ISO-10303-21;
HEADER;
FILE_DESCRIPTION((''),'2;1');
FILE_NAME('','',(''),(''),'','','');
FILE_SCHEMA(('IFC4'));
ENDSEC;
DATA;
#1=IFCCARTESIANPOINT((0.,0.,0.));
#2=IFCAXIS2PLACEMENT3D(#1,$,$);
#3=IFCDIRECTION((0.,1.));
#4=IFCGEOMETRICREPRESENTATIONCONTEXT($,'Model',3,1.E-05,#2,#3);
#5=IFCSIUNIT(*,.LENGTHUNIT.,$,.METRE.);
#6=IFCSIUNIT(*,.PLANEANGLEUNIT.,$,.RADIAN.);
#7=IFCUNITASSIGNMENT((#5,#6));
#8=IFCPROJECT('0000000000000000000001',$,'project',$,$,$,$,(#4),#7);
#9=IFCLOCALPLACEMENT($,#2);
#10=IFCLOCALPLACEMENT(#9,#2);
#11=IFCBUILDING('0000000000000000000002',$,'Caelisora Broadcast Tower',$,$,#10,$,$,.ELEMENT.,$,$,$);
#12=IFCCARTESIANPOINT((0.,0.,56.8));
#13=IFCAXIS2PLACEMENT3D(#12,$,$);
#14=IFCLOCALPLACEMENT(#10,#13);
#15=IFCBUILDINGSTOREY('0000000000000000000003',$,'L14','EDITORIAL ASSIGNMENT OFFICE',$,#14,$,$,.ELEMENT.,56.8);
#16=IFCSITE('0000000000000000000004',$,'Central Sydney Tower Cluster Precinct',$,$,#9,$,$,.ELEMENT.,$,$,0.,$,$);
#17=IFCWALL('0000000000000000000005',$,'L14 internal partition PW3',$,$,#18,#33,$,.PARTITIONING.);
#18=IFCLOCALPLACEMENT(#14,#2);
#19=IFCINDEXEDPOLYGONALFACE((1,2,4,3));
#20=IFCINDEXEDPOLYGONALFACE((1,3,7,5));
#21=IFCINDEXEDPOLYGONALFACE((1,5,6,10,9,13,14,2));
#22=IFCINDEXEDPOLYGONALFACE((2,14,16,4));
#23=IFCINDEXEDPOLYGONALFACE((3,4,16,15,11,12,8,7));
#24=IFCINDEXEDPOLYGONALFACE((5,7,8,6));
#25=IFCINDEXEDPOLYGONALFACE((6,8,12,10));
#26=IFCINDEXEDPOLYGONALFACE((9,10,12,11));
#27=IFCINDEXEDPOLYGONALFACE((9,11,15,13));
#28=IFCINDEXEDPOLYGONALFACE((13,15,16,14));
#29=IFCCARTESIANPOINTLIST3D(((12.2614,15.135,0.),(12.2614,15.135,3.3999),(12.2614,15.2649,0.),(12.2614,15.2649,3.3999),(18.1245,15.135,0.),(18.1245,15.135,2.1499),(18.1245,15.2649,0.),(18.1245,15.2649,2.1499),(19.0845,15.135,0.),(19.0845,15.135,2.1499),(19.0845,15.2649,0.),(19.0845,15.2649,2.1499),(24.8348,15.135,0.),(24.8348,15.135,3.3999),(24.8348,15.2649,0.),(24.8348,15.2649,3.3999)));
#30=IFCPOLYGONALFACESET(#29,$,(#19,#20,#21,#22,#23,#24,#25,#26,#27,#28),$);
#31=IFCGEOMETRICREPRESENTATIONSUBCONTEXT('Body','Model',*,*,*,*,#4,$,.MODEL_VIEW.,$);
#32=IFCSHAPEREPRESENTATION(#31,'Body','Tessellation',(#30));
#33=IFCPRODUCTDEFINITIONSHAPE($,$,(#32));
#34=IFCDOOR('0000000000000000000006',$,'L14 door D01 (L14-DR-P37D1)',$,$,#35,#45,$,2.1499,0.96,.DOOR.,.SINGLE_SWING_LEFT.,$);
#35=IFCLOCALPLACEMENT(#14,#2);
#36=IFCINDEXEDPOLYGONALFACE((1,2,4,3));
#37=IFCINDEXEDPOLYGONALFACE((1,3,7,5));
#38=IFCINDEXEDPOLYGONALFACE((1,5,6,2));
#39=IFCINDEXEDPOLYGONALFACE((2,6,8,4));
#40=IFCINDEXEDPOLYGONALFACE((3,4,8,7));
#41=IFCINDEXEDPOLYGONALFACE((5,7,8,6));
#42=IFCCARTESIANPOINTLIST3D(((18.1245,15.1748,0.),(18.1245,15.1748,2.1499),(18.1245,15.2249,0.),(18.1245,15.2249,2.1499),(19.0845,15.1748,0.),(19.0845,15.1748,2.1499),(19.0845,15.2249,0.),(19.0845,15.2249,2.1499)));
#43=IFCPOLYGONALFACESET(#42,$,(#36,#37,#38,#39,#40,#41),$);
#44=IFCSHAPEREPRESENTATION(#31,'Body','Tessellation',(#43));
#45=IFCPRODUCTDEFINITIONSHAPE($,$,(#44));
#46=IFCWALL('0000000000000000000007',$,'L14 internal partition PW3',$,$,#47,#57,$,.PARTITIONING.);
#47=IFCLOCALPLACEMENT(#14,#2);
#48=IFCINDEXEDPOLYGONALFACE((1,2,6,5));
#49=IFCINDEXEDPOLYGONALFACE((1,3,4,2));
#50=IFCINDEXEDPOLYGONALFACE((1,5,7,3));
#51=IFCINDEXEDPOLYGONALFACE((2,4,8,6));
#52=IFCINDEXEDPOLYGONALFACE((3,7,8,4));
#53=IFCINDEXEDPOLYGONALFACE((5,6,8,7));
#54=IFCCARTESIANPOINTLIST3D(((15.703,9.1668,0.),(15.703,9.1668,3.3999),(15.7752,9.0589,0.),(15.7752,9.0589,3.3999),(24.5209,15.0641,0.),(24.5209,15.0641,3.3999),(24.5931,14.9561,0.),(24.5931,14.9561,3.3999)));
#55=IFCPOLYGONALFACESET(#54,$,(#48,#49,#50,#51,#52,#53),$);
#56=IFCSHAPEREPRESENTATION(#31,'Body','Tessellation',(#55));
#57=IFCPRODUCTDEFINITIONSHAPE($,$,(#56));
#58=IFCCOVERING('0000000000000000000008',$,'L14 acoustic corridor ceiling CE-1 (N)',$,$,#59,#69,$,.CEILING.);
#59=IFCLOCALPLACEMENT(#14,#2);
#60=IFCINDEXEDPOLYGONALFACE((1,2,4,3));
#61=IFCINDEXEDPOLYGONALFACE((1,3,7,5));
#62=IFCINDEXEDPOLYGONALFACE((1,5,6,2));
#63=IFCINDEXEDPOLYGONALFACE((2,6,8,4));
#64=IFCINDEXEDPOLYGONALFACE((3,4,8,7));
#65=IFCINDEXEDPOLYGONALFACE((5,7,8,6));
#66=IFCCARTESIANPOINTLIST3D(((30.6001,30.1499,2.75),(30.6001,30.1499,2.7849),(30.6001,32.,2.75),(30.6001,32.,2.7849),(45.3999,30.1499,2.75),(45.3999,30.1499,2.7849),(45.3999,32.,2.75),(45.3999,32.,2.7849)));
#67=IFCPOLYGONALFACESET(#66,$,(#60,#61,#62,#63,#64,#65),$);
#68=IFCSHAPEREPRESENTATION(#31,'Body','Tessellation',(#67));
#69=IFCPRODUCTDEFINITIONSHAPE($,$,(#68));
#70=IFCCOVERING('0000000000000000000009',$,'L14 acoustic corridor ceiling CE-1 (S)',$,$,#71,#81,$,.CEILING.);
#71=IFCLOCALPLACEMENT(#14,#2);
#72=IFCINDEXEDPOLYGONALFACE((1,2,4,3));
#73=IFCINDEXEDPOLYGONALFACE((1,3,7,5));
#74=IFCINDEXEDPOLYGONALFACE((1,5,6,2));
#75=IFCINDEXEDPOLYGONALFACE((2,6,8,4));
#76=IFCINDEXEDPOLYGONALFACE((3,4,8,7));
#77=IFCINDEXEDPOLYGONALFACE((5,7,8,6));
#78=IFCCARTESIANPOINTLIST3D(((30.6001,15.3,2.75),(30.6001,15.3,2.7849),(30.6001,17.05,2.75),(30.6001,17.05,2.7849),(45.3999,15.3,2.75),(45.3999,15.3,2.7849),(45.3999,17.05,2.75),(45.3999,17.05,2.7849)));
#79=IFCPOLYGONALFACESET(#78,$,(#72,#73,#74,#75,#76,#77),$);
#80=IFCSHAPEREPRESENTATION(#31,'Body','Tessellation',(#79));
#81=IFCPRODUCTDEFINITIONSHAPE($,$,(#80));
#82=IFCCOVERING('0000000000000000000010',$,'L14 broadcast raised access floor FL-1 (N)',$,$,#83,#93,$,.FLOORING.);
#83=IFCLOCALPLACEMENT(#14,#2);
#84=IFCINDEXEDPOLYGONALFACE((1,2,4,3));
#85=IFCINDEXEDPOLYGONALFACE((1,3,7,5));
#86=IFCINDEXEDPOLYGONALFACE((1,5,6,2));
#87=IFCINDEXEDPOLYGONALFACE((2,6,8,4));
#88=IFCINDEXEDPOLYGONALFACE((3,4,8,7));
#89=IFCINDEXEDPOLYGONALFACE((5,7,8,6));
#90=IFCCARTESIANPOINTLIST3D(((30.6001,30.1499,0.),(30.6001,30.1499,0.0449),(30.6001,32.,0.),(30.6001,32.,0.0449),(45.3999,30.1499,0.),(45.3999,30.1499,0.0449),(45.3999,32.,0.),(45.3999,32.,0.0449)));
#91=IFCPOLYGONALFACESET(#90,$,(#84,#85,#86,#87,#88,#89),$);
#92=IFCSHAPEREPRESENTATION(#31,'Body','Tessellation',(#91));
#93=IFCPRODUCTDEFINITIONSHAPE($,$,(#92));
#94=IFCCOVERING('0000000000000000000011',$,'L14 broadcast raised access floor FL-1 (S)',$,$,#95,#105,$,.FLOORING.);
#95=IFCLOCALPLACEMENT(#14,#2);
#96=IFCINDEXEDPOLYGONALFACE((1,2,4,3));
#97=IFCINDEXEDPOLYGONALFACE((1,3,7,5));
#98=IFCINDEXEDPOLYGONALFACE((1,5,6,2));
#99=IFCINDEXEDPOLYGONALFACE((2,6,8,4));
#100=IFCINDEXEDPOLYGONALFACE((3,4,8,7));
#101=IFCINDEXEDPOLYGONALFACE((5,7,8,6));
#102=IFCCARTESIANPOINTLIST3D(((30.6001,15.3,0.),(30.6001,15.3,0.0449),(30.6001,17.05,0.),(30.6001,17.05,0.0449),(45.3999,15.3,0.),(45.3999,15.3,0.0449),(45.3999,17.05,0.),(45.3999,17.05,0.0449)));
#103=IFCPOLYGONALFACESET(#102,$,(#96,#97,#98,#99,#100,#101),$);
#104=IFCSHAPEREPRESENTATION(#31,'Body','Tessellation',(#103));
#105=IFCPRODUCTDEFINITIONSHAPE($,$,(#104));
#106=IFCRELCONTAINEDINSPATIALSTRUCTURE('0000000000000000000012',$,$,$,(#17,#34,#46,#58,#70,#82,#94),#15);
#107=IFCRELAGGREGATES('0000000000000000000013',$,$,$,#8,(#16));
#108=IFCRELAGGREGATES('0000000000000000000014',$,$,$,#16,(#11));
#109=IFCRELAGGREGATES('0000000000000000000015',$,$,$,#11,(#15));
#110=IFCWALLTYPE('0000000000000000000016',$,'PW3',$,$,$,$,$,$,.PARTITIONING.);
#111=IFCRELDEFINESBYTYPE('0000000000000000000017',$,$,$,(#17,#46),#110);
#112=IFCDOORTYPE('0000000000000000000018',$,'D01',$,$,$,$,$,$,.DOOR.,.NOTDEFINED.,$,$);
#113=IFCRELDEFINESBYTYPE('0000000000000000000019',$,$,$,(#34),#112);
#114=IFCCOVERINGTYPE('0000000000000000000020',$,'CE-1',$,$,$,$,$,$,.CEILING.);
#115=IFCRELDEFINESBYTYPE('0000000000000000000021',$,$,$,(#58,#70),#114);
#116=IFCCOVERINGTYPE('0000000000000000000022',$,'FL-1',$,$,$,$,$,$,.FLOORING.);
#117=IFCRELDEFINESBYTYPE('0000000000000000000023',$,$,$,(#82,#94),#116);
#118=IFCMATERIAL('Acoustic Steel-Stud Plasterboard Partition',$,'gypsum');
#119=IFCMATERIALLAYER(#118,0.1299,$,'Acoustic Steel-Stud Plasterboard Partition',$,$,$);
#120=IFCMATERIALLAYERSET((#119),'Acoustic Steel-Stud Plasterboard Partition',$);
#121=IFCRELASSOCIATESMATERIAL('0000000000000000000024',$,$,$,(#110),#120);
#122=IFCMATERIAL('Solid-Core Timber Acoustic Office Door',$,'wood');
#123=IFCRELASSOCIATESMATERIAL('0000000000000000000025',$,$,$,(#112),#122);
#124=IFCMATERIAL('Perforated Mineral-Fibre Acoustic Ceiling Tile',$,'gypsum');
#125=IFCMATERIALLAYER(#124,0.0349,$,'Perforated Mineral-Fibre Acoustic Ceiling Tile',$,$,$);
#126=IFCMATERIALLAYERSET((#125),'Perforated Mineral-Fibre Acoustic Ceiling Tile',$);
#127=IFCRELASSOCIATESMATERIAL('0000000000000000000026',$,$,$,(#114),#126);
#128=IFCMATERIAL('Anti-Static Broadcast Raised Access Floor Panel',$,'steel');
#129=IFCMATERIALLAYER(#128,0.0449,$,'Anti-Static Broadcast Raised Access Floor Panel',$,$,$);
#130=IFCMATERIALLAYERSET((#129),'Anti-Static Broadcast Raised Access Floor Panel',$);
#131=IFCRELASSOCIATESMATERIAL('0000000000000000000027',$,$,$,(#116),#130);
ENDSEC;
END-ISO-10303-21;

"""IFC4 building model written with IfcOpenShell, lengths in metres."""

from ifc_helpers import new_model, si_unit, direction, frame, frame_2d, origin, place, context, subcontext, project, spatial, polyline, rectangle, outline, extrude, material, layer, layer_set, type_object, element, fill, save


model = new_model("IFC4")

# Units and contexts
model_context = context("Model", 3, precision=1e-05, world=origin(), true_north=direction((0.0, 1.0)))
body_context = subcontext(model_context, "Body", "Model", "MODEL_VIEW")
ifc_project = project(units=[si_unit("LENGTHUNIT", "METRE"), si_unit("PLANEANGLEUNIT", "RADIAN")], contexts=[model_context])

# Site, building, storey
site_placement = place(None, origin())
site = spatial("IfcSite", under=ifc_project, at=site_placement, Name="Central Sydney Tower Cluster Precinct", CompositionType="ELEMENT", RefElevation=0.0)
building_placement = place(site_placement, origin())
building = spatial("IfcBuilding", under=site, at=building_placement, Name="Caelisora Broadcast Tower", CompositionType="ELEMENT")
storey_placement = place(building_placement, frame((0.0, 0.0, 56.8)))
storey = spatial("IfcBuildingStorey", under=building, at=storey_placement, Name="L14", Description="EDITORIAL ASSIGNMENT OFFICE", CompositionType="ELEMENT", Elevation=56.8)

# Shared definitions
ifc_material_1 = material(Name="Acoustic Steel-Stud Plasterboard Partition", Category="gypsum")
ifc_layer_1 = layer(ifc_material_1, 0.1299, Name="Acoustic Steel-Stud Plasterboard Partition")
ifc_layer_set_1 = layer_set([ifc_layer_1], Name="Acoustic Steel-Stud Plasterboard Partition")
wall_type = type_object("IfcWallType", Name="PW3", PredefinedType="PARTITIONING", material=ifc_layer_set_1)

# Wall, opening, door
ifc_material_2 = material(Name="Solid-Core Timber Acoustic Office Door", Category="wood")
door_type = type_object("IfcDoorType", Name="D01", OperationType="NOTDEFINED", PredefinedType="DOOR", material=ifc_material_2)
wall_1_placement = place(storey_placement, frame((12.2615, 15.2, 0.0), z_axis=(0.0, 0.0, 1.0), x_axis=(1.0, 0.0, 0.0)))
wall_1 = element("IfcWall", 1, at=wall_1_placement, inside=storey, type_object=wall_type, Name="L14 internal partition PW3", PredefinedType="PARTITIONING", context=body_context, shape_type="SweptSolid", body=[
    extrude(rectangle(XDim=12.5735, YDim=0.1299, at=frame_2d((6.2866, 0.0))), origin(), (0.0, 0.0, 1.0), 3.3999),
])
opening_1_placement = place(wall_1_placement, frame((5.863, 0.0, 0.0)))
opening_1 = element("IfcOpeningElement", 2, at=opening_1_placement, cuts=wall_1, PredefinedType="OPENING", context=body_context, shape_type="SweptSolid", body=[
    extrude(rectangle(XDim=0.96, YDim=2.1499, at=frame_2d((0.48, 1.075))), frame((0.0, 0.0769, 0.0), z_axis=(0.0, -1.0, 0.0), x_axis=(1.0, 0.0, 0.0)), (0.0, 0.0, 1.0), 0.1538),
])
door_1_placement = place(opening_1_placement, origin())
door_1 = element("IfcDoor", 3, at=door_1_placement, inside=storey, type_object=door_type, Name="L14 door D01 (L14-DR-P37D1)", OperationType="SINGLE_SWING_LEFT", OverallHeight=2.1499, OverallWidth=0.96, PredefinedType="DOOR", context=body_context, shape_type="SweptSolid", body=[
    extrude(rectangle(XDim=0.96, YDim=2.1499, at=frame_2d((0.48, 1.075))), frame((0.0, 0.0249, 0.0), z_axis=(0.0, -1.0, 0.0), x_axis=(1.0, 0.0, 0.0)), (0.0, 0.0, 1.0), 0.05),
])
fill(opening_1, door_1)

# Wall
wall_2_placement = place(storey_placement, frame((15.739, 9.1128, 0.0), z_axis=(0.0, 0.0, 1.0), x_axis=(0.831239, 0.555916, 0.0)))
element("IfcWall", 4, at=wall_2_placement, inside=storey, type_object=wall_type, Name="L14 internal partition PW3", PredefinedType="PARTITIONING", context=body_context, shape_type="SweptSolid", body=[
    extrude(rectangle(XDim=10.6082, YDim=0.1299, at=frame_2d((5.3042, 0.0))), origin(), (0.0, 0.0, 1.0), 3.3999),
])

# Coverings
ifc_material_3 = material(Name="Perforated Mineral-Fibre Acoustic Ceiling Tile", Category="gypsum")
ifc_layer_2 = layer(ifc_material_3, 0.0349, Name="Perforated Mineral-Fibre Acoustic Ceiling Tile")
ifc_layer_set_2 = layer_set([ifc_layer_2], Name="Perforated Mineral-Fibre Acoustic Ceiling Tile")
covering_type_1 = type_object("IfcCoveringType", Name="CE-1", PredefinedType="CEILING", material=ifc_layer_set_2)
covering_1_placement = place(storey_placement, frame((0.0, 0.0, 2.75)))
element("IfcCovering", 5, at=covering_1_placement, inside=storey, type_object=covering_type_1, Name="L14 acoustic corridor ceiling CE-1 (N)", PredefinedType="CEILING", context=body_context, shape_type="SweptSolid", body=[
    extrude(outline(polyline([(30.6001, 30.1499), (45.3999, 30.1499), (45.3999, 32.0), (30.6001, 32.0), (30.6001, 30.1499)])), origin(), (0.0, 0.0, 1.0), 0.0349),
])
covering_2_placement = place(storey_placement, frame((0.0, 0.0, 2.75)))
element("IfcCovering", 6, at=covering_2_placement, inside=storey, type_object=covering_type_1, Name="L14 acoustic corridor ceiling CE-1 (S)", PredefinedType="CEILING", context=body_context, shape_type="SweptSolid", body=[
    extrude(outline(polyline([(30.6001, 15.3), (45.3999, 15.3), (45.3999, 17.05), (30.6001, 17.05), (30.6001, 15.3)])), origin(), (0.0, 0.0, 1.0), 0.0349),
])
ifc_material_4 = material(Name="Anti-Static Broadcast Raised Access Floor Panel", Category="steel")
ifc_layer_3 = layer(ifc_material_4, 0.0449, Name="Anti-Static Broadcast Raised Access Floor Panel")
ifc_layer_set_3 = layer_set([ifc_layer_3], Name="Anti-Static Broadcast Raised Access Floor Panel")
covering_type_2 = type_object("IfcCoveringType", Name="FL-1", PredefinedType="FLOORING", material=ifc_layer_set_3)
covering_3_placement = place(storey_placement, origin())
element("IfcCovering", 7, at=covering_3_placement, inside=storey, type_object=covering_type_2, Name="L14 broadcast raised access floor FL-1 (N)", PredefinedType="FLOORING", context=body_context, shape_type="SweptSolid", body=[
    extrude(outline(polyline([(30.6001, 30.1499), (45.3999, 30.1499), (45.3999, 32.0), (30.6001, 32.0), (30.6001, 30.1499)])), origin(), (0.0, 0.0, 1.0), 0.0449),
])
covering_4_placement = place(storey_placement, origin())
element("IfcCovering", 8, at=covering_4_placement, inside=storey, type_object=covering_type_2, Name="L14 broadcast raised access floor FL-1 (S)", PredefinedType="FLOORING", context=body_context, shape_type="SweptSolid", body=[
    extrude(outline(polyline([(30.6001, 15.3), (45.3999, 15.3), (45.3999, 17.05), (30.6001, 17.05), (30.6001, 15.3)])), origin(), (0.0, 0.0, 1.0), 0.0449),
])

save(model, "model.ifc")
